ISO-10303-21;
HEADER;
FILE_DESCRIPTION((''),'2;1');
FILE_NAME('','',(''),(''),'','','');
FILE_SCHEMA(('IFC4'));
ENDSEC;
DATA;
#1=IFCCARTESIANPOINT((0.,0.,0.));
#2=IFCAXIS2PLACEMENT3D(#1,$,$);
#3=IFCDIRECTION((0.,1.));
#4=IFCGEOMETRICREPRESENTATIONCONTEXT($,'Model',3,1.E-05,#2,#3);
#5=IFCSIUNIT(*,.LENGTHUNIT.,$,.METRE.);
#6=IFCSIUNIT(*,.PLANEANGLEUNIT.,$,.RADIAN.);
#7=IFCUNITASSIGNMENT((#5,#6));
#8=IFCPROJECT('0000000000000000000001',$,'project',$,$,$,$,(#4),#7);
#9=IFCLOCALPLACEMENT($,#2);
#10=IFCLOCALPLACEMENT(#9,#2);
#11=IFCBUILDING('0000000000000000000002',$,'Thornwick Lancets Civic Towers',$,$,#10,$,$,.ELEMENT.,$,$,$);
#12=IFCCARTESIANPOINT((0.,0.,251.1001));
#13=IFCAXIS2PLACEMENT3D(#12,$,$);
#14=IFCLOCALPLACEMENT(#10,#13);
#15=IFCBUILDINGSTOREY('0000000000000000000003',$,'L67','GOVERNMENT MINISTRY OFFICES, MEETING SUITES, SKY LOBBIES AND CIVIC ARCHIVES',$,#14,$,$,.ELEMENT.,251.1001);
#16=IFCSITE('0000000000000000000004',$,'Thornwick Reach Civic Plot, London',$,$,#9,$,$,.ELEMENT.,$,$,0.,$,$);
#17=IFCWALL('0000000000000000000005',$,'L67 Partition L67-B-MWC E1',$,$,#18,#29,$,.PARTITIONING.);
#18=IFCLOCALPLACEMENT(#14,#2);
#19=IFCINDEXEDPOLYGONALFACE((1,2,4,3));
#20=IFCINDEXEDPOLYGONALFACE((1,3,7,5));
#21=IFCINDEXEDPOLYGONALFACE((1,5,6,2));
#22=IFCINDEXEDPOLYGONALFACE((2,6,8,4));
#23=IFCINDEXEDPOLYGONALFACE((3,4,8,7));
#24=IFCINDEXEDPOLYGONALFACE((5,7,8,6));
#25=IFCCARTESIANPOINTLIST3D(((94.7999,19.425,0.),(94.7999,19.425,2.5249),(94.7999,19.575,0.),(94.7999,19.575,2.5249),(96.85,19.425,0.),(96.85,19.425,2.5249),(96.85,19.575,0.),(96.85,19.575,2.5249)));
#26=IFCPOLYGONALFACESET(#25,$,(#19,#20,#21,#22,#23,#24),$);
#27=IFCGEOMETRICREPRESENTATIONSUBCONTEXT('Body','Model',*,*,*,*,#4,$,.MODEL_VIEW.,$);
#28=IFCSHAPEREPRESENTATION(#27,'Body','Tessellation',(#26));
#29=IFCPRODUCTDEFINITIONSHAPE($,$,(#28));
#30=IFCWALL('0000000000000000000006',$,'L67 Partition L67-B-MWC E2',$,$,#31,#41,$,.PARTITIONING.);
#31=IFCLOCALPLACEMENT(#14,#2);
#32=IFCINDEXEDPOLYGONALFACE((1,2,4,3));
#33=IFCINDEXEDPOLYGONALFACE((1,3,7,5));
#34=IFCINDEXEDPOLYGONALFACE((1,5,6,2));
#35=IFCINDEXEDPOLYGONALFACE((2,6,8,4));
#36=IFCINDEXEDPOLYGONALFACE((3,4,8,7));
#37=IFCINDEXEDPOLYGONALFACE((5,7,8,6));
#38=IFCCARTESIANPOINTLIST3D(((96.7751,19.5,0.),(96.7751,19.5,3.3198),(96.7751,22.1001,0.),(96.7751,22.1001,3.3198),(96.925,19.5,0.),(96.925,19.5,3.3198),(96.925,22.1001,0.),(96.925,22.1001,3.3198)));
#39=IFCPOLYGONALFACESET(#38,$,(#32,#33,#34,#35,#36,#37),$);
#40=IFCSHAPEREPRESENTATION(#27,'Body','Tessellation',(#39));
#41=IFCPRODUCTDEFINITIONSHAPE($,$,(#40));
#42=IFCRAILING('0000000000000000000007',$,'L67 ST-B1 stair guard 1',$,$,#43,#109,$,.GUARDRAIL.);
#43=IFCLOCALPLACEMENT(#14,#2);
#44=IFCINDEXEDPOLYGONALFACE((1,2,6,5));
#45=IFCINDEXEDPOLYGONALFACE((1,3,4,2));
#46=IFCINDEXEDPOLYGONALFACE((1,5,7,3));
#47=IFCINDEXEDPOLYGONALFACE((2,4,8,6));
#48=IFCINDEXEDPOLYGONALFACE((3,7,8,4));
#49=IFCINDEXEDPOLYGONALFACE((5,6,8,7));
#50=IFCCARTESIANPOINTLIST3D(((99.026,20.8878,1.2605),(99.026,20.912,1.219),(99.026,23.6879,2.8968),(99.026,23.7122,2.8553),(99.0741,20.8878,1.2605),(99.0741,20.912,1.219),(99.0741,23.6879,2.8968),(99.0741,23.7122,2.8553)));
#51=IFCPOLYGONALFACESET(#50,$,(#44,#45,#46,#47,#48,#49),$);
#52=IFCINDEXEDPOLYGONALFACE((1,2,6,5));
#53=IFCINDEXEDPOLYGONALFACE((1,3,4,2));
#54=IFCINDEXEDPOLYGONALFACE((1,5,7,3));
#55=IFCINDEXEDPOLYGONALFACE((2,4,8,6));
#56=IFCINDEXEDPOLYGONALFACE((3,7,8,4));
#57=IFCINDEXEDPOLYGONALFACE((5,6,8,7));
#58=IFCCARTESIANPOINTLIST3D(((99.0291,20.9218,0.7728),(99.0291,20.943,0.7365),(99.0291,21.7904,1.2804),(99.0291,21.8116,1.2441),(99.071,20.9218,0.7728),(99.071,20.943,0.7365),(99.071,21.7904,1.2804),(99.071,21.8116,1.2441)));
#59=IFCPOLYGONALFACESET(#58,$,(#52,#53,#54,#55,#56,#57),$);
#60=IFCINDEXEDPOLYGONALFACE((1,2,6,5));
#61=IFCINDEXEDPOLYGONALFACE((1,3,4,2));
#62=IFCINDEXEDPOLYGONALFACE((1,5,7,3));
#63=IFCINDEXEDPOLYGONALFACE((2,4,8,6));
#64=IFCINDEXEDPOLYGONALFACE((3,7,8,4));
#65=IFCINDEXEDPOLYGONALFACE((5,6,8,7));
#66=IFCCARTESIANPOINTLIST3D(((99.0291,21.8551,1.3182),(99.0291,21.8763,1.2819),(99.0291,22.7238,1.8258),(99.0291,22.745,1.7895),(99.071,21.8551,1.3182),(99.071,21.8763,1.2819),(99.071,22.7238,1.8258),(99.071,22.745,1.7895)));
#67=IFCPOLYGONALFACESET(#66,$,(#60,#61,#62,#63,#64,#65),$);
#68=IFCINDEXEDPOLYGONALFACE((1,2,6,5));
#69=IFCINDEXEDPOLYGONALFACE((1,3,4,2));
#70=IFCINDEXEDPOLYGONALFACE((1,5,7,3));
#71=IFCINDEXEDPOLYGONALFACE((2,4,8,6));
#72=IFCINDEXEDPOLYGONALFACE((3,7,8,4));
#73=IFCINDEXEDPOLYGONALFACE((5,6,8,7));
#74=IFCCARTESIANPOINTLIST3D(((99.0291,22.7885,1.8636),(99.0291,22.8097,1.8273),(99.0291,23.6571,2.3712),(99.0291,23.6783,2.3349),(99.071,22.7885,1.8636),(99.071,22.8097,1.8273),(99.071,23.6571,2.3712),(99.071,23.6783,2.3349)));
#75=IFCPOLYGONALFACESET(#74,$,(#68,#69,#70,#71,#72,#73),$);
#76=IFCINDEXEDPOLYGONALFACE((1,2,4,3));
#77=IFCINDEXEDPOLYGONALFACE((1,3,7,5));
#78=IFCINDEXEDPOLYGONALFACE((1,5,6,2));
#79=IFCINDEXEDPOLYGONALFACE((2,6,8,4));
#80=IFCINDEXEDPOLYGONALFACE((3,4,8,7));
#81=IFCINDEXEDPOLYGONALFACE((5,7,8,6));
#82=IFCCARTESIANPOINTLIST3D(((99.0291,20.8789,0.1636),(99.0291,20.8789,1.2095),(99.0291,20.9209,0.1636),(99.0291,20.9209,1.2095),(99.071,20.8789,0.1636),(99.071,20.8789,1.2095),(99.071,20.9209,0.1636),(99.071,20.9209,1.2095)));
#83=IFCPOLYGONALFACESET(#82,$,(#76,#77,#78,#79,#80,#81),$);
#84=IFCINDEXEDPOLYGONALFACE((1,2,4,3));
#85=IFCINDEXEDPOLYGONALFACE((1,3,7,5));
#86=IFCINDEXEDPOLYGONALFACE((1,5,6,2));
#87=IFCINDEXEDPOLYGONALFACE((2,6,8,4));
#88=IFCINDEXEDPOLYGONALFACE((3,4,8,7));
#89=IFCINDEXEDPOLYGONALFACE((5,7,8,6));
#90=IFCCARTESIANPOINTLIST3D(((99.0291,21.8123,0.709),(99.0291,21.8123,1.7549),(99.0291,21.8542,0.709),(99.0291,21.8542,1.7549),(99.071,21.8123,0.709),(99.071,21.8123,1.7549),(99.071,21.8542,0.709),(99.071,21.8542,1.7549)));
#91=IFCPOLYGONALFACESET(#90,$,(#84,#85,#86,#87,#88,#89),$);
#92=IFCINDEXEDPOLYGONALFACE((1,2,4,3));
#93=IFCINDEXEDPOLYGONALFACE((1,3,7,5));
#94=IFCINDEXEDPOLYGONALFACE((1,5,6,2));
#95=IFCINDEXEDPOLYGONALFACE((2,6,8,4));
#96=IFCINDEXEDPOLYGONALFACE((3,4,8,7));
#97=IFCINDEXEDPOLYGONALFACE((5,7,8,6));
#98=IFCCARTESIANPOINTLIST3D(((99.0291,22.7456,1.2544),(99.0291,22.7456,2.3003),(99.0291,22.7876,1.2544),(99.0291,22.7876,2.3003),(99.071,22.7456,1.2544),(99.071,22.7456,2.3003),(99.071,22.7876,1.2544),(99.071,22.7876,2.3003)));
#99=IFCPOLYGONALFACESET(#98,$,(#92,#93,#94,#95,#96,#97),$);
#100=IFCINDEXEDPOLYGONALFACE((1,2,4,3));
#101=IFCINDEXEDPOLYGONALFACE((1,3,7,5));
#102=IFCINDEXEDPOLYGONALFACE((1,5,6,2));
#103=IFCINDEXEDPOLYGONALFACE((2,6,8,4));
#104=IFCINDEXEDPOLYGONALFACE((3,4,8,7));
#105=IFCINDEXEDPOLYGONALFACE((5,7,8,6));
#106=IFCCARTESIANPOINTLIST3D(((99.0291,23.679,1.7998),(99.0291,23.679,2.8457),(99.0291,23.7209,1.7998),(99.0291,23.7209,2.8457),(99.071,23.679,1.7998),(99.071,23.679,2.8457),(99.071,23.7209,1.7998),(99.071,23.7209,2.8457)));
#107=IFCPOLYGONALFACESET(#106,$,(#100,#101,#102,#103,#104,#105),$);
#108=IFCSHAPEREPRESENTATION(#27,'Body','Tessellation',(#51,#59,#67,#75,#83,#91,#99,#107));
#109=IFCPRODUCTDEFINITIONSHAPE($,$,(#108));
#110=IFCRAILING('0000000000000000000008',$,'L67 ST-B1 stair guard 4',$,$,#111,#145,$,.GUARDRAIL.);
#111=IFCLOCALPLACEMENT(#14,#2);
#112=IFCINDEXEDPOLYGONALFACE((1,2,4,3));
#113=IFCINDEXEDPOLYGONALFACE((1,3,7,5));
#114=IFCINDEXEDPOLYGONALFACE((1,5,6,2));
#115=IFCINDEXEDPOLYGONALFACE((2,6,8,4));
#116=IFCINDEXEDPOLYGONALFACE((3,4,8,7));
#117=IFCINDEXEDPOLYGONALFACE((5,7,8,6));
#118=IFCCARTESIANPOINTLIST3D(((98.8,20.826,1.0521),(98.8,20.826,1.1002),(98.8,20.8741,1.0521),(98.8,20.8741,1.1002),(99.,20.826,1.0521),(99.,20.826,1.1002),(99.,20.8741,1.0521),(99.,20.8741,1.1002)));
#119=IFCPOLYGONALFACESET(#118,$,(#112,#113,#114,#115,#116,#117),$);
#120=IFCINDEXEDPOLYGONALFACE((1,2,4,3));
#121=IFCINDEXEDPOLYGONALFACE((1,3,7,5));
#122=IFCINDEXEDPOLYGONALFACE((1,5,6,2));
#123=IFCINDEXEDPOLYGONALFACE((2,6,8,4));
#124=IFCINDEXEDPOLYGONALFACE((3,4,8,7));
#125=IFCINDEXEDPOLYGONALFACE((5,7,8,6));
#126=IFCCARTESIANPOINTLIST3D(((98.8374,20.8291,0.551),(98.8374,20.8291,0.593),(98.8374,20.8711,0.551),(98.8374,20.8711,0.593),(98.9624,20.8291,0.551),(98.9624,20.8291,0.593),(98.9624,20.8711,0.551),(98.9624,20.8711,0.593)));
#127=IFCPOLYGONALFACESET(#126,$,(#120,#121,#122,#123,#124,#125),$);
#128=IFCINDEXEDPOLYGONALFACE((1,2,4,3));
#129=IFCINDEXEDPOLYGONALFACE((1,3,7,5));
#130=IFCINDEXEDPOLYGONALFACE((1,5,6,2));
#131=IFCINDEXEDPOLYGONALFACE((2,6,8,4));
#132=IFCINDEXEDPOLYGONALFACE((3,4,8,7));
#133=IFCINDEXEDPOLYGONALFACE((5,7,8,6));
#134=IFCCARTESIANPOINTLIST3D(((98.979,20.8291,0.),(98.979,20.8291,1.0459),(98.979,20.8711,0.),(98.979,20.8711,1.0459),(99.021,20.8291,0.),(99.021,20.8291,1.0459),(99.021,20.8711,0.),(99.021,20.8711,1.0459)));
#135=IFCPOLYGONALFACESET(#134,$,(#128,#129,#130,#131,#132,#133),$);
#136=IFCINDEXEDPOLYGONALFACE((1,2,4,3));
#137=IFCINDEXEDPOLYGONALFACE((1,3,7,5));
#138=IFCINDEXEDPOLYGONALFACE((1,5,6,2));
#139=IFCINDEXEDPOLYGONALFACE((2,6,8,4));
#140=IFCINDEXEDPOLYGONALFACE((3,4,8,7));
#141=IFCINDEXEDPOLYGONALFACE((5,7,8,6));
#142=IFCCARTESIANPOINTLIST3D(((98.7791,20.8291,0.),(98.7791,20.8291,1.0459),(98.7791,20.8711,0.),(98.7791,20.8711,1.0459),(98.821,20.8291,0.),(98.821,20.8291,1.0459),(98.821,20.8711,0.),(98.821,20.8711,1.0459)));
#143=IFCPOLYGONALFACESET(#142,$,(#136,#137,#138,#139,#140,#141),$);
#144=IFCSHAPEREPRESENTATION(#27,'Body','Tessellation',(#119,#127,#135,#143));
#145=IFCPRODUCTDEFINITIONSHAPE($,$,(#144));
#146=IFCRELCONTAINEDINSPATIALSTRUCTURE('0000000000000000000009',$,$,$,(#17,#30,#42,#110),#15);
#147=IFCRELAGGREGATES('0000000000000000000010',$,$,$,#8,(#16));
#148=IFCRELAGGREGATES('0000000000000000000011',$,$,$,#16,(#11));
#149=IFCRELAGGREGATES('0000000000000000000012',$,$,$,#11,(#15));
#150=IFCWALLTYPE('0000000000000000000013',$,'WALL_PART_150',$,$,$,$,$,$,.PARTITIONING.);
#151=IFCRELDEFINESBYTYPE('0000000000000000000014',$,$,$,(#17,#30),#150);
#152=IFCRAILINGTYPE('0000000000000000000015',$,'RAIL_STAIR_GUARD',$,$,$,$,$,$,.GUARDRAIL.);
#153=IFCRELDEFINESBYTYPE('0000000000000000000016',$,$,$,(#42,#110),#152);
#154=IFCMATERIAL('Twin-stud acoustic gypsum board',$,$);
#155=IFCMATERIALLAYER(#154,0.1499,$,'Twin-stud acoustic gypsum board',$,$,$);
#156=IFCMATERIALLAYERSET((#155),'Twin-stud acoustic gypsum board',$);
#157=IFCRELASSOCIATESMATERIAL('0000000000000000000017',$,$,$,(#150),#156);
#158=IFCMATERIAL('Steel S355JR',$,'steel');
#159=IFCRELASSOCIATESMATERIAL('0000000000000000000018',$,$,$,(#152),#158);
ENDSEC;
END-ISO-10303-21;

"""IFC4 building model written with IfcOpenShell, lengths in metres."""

from ifc_helpers import new_model, si_unit, direction, frame, frame_2d, origin, origin_2d, place, context, subcontext, project, spatial, rectangle, extrude, material, layer, layer_set, type_object, element, save


model = new_model("IFC4")

# Units and contexts
model_context = context("Model", 3, precision=1e-05, world=origin(), true_north=direction((0.0, 1.0)))
body_context = subcontext(model_context, "Body", "Model", "MODEL_VIEW")
ifc_project = project(units=[si_unit("LENGTHUNIT", "METRE"), si_unit("PLANEANGLEUNIT", "RADIAN")], contexts=[model_context])

# Site, building, storey
site_placement = place(None, origin())
site = spatial("IfcSite", under=ifc_project, at=site_placement, Name="Thornwick Reach Civic Plot, London", CompositionType="ELEMENT", RefElevation=0.0)
building_placement = place(site_placement, origin())
building = spatial("IfcBuilding", under=site, at=building_placement, Name="Thornwick Lancets Civic Towers", CompositionType="ELEMENT")
storey_placement = place(building_placement, frame((0.0, 0.0, 251.1001)))
storey = spatial("IfcBuildingStorey", under=building, at=storey_placement, Name="L67", Description="GOVERNMENT MINISTRY OFFICES, MEETING SUITES, SKY LOBBIES AND CIVIC ARCHIVES", CompositionType="ELEMENT", Elevation=251.1001)

# Walls
ifc_material_1 = material(Name="Twin-stud acoustic gypsum board")
ifc_layer_1 = layer(ifc_material_1, 0.1499, Name="Twin-stud acoustic gypsum board")
ifc_layer_set_1 = layer_set([ifc_layer_1], Name="Twin-stud acoustic gypsum board")
wall_type_1 = type_object("IfcWallType", Name="WALL_PART_150", PredefinedType="PARTITIONING", material=ifc_layer_set_1)
wall_1_placement = place(storey_placement, frame((94.8, 19.5, 0.0), z_axis=(0.0, 0.0, 1.0), x_axis=(1.0, 0.0, 0.0)))
element("IfcWall", 1, at=wall_1_placement, inside=storey, type_object=wall_type_1, Name="L67 Partition L67-B-MWC E1", PredefinedType="PARTITIONING", context=body_context, shape_type="SweptSolid", body=[
    extrude(rectangle(XDim=2.05, YDim=0.1499, at=frame_2d((1.0249, 0.0))), origin(), (0.0, 0.0, 1.0), 2.5249),
])
wall_2_placement = place(storey_placement, frame((96.8501, 19.5, 0.0), z_axis=(0.0, 0.0, 1.0), x_axis=(0.0, 1.0, 0.0)))
element("IfcWall", 2, at=wall_2_placement, inside=storey, type_object=wall_type_1, Name="L67 Partition L67-B-MWC E2", PredefinedType="PARTITIONING", context=body_context, shape_type="SweptSolid", body=[
    extrude(rectangle(XDim=2.6001, YDim=0.1499, at=frame_2d((1.3, 0.0))), origin(), (0.0, 0.0, 1.0), 3.3198),
])

# Railings
ifc_material_2 = material(Name="Steel S355JR", Category="steel")
railing_type = type_object("IfcRailingType", Name="RAIL_STAIR_GUARD", PredefinedType="GUARDRAIL", material=ifc_material_2)
railing_1_placement = place(storey_placement, frame((99.05, 20.8999, 0.1636)))
element("IfcRailing", 3, at=railing_1_placement, inside=storey, type_object=railing_type, Name="L67 ST-B1 stair guard 1", PredefinedType="GUARDRAIL", context=body_context, shape_type="SweptSolid", body=[
    extrude(rectangle(XDim=0.0481, YDim=0.0481, at=origin_2d()), frame((0.0, 0.0, 1.0762), z_axis=(0.0, 0.863394, 0.504531), x_axis=(-1.0, 0.0, 0.0)), (0.0, 0.0, 1.0), 3.2432),
    extrude(rectangle(XDim=0.042, YDim=0.042, at=origin_2d()), frame((0.0, 0.0325, 0.5911), z_axis=(0.0, 0.863394, 0.504531), x_axis=(-1.0, 0.0, 0.0)), (0.0, 0.0, 1.0), 1.0061),
    extrude(rectangle(XDim=0.042, YDim=0.042, at=origin_2d()), frame((0.0, 0.9658, 1.1365), z_axis=(0.0, 0.863394, 0.504531), x_axis=(-1.0, 0.0, 0.0)), (0.0, 0.0, 1.0), 1.0061),
    extrude(rectangle(XDim=0.042, YDim=0.042, at=origin_2d()), frame((0.0, 1.8992, 1.6819), z_axis=(0.0, 0.863394, 0.504531), x_axis=(-1.0, 0.0, 0.0)), (0.0, 0.0, 1.0), 1.0061),
    extrude(rectangle(XDim=0.042, YDim=0.042, at=origin_2d()), origin(), (0.0, 0.0, 1.0), 1.0459),
    extrude(rectangle(XDim=0.042, YDim=0.042, at=origin_2d()), frame((0.0, 0.9333, 0.5454)), (0.0, 0.0, 1.0), 1.0459),
    extrude(rectangle(XDim=0.042, YDim=0.042, at=origin_2d()), frame((0.0, 1.8667, 1.0908)), (0.0, 0.0, 1.0), 1.0459),
    extrude(rectangle(XDim=0.042, YDim=0.042, at=origin_2d()), frame((0.0, 2.8, 1.6362)), (0.0, 0.0, 1.0), 1.0459),
])
railing_2_placement = place(storey_placement, frame((99.0, 20.8501, 0.0)))
element("IfcRailing", 4, at=railing_2_placement, inside=storey, type_object=railing_type, Name="L67 ST-B1 stair guard 4", PredefinedType="GUARDRAIL", context=body_context, shape_type="SweptSolid", body=[
    extrude(rectangle(XDim=0.0481, YDim=0.0481, at=origin_2d()), frame((0.0, 0.0, 1.0762), z_axis=(-1.0, 0.0, 0.0), x_axis=(0.0, -1.0, 0.0)), (0.0, 0.0, 1.0), 0.2),
    extrude(rectangle(XDim=0.042, YDim=0.042, at=origin_2d()), frame((-0.0376, 0.0, 0.572), z_axis=(-1.0, 0.0, 0.0), x_axis=(0.0, -1.0, 0.0)), (0.0, 0.0, 1.0), 0.125),
    extrude(rectangle(XDim=0.042, YDim=0.042, at=origin_2d()), origin(), (0.0, 0.0, 1.0), 1.0459),
    extrude(rectangle(XDim=0.042, YDim=0.042, at=origin_2d()), frame((-0.2, 0.0, 0.0)), (0.0, 0.0, 1.0), 1.0459),
])

save(model, "model.ifc")
